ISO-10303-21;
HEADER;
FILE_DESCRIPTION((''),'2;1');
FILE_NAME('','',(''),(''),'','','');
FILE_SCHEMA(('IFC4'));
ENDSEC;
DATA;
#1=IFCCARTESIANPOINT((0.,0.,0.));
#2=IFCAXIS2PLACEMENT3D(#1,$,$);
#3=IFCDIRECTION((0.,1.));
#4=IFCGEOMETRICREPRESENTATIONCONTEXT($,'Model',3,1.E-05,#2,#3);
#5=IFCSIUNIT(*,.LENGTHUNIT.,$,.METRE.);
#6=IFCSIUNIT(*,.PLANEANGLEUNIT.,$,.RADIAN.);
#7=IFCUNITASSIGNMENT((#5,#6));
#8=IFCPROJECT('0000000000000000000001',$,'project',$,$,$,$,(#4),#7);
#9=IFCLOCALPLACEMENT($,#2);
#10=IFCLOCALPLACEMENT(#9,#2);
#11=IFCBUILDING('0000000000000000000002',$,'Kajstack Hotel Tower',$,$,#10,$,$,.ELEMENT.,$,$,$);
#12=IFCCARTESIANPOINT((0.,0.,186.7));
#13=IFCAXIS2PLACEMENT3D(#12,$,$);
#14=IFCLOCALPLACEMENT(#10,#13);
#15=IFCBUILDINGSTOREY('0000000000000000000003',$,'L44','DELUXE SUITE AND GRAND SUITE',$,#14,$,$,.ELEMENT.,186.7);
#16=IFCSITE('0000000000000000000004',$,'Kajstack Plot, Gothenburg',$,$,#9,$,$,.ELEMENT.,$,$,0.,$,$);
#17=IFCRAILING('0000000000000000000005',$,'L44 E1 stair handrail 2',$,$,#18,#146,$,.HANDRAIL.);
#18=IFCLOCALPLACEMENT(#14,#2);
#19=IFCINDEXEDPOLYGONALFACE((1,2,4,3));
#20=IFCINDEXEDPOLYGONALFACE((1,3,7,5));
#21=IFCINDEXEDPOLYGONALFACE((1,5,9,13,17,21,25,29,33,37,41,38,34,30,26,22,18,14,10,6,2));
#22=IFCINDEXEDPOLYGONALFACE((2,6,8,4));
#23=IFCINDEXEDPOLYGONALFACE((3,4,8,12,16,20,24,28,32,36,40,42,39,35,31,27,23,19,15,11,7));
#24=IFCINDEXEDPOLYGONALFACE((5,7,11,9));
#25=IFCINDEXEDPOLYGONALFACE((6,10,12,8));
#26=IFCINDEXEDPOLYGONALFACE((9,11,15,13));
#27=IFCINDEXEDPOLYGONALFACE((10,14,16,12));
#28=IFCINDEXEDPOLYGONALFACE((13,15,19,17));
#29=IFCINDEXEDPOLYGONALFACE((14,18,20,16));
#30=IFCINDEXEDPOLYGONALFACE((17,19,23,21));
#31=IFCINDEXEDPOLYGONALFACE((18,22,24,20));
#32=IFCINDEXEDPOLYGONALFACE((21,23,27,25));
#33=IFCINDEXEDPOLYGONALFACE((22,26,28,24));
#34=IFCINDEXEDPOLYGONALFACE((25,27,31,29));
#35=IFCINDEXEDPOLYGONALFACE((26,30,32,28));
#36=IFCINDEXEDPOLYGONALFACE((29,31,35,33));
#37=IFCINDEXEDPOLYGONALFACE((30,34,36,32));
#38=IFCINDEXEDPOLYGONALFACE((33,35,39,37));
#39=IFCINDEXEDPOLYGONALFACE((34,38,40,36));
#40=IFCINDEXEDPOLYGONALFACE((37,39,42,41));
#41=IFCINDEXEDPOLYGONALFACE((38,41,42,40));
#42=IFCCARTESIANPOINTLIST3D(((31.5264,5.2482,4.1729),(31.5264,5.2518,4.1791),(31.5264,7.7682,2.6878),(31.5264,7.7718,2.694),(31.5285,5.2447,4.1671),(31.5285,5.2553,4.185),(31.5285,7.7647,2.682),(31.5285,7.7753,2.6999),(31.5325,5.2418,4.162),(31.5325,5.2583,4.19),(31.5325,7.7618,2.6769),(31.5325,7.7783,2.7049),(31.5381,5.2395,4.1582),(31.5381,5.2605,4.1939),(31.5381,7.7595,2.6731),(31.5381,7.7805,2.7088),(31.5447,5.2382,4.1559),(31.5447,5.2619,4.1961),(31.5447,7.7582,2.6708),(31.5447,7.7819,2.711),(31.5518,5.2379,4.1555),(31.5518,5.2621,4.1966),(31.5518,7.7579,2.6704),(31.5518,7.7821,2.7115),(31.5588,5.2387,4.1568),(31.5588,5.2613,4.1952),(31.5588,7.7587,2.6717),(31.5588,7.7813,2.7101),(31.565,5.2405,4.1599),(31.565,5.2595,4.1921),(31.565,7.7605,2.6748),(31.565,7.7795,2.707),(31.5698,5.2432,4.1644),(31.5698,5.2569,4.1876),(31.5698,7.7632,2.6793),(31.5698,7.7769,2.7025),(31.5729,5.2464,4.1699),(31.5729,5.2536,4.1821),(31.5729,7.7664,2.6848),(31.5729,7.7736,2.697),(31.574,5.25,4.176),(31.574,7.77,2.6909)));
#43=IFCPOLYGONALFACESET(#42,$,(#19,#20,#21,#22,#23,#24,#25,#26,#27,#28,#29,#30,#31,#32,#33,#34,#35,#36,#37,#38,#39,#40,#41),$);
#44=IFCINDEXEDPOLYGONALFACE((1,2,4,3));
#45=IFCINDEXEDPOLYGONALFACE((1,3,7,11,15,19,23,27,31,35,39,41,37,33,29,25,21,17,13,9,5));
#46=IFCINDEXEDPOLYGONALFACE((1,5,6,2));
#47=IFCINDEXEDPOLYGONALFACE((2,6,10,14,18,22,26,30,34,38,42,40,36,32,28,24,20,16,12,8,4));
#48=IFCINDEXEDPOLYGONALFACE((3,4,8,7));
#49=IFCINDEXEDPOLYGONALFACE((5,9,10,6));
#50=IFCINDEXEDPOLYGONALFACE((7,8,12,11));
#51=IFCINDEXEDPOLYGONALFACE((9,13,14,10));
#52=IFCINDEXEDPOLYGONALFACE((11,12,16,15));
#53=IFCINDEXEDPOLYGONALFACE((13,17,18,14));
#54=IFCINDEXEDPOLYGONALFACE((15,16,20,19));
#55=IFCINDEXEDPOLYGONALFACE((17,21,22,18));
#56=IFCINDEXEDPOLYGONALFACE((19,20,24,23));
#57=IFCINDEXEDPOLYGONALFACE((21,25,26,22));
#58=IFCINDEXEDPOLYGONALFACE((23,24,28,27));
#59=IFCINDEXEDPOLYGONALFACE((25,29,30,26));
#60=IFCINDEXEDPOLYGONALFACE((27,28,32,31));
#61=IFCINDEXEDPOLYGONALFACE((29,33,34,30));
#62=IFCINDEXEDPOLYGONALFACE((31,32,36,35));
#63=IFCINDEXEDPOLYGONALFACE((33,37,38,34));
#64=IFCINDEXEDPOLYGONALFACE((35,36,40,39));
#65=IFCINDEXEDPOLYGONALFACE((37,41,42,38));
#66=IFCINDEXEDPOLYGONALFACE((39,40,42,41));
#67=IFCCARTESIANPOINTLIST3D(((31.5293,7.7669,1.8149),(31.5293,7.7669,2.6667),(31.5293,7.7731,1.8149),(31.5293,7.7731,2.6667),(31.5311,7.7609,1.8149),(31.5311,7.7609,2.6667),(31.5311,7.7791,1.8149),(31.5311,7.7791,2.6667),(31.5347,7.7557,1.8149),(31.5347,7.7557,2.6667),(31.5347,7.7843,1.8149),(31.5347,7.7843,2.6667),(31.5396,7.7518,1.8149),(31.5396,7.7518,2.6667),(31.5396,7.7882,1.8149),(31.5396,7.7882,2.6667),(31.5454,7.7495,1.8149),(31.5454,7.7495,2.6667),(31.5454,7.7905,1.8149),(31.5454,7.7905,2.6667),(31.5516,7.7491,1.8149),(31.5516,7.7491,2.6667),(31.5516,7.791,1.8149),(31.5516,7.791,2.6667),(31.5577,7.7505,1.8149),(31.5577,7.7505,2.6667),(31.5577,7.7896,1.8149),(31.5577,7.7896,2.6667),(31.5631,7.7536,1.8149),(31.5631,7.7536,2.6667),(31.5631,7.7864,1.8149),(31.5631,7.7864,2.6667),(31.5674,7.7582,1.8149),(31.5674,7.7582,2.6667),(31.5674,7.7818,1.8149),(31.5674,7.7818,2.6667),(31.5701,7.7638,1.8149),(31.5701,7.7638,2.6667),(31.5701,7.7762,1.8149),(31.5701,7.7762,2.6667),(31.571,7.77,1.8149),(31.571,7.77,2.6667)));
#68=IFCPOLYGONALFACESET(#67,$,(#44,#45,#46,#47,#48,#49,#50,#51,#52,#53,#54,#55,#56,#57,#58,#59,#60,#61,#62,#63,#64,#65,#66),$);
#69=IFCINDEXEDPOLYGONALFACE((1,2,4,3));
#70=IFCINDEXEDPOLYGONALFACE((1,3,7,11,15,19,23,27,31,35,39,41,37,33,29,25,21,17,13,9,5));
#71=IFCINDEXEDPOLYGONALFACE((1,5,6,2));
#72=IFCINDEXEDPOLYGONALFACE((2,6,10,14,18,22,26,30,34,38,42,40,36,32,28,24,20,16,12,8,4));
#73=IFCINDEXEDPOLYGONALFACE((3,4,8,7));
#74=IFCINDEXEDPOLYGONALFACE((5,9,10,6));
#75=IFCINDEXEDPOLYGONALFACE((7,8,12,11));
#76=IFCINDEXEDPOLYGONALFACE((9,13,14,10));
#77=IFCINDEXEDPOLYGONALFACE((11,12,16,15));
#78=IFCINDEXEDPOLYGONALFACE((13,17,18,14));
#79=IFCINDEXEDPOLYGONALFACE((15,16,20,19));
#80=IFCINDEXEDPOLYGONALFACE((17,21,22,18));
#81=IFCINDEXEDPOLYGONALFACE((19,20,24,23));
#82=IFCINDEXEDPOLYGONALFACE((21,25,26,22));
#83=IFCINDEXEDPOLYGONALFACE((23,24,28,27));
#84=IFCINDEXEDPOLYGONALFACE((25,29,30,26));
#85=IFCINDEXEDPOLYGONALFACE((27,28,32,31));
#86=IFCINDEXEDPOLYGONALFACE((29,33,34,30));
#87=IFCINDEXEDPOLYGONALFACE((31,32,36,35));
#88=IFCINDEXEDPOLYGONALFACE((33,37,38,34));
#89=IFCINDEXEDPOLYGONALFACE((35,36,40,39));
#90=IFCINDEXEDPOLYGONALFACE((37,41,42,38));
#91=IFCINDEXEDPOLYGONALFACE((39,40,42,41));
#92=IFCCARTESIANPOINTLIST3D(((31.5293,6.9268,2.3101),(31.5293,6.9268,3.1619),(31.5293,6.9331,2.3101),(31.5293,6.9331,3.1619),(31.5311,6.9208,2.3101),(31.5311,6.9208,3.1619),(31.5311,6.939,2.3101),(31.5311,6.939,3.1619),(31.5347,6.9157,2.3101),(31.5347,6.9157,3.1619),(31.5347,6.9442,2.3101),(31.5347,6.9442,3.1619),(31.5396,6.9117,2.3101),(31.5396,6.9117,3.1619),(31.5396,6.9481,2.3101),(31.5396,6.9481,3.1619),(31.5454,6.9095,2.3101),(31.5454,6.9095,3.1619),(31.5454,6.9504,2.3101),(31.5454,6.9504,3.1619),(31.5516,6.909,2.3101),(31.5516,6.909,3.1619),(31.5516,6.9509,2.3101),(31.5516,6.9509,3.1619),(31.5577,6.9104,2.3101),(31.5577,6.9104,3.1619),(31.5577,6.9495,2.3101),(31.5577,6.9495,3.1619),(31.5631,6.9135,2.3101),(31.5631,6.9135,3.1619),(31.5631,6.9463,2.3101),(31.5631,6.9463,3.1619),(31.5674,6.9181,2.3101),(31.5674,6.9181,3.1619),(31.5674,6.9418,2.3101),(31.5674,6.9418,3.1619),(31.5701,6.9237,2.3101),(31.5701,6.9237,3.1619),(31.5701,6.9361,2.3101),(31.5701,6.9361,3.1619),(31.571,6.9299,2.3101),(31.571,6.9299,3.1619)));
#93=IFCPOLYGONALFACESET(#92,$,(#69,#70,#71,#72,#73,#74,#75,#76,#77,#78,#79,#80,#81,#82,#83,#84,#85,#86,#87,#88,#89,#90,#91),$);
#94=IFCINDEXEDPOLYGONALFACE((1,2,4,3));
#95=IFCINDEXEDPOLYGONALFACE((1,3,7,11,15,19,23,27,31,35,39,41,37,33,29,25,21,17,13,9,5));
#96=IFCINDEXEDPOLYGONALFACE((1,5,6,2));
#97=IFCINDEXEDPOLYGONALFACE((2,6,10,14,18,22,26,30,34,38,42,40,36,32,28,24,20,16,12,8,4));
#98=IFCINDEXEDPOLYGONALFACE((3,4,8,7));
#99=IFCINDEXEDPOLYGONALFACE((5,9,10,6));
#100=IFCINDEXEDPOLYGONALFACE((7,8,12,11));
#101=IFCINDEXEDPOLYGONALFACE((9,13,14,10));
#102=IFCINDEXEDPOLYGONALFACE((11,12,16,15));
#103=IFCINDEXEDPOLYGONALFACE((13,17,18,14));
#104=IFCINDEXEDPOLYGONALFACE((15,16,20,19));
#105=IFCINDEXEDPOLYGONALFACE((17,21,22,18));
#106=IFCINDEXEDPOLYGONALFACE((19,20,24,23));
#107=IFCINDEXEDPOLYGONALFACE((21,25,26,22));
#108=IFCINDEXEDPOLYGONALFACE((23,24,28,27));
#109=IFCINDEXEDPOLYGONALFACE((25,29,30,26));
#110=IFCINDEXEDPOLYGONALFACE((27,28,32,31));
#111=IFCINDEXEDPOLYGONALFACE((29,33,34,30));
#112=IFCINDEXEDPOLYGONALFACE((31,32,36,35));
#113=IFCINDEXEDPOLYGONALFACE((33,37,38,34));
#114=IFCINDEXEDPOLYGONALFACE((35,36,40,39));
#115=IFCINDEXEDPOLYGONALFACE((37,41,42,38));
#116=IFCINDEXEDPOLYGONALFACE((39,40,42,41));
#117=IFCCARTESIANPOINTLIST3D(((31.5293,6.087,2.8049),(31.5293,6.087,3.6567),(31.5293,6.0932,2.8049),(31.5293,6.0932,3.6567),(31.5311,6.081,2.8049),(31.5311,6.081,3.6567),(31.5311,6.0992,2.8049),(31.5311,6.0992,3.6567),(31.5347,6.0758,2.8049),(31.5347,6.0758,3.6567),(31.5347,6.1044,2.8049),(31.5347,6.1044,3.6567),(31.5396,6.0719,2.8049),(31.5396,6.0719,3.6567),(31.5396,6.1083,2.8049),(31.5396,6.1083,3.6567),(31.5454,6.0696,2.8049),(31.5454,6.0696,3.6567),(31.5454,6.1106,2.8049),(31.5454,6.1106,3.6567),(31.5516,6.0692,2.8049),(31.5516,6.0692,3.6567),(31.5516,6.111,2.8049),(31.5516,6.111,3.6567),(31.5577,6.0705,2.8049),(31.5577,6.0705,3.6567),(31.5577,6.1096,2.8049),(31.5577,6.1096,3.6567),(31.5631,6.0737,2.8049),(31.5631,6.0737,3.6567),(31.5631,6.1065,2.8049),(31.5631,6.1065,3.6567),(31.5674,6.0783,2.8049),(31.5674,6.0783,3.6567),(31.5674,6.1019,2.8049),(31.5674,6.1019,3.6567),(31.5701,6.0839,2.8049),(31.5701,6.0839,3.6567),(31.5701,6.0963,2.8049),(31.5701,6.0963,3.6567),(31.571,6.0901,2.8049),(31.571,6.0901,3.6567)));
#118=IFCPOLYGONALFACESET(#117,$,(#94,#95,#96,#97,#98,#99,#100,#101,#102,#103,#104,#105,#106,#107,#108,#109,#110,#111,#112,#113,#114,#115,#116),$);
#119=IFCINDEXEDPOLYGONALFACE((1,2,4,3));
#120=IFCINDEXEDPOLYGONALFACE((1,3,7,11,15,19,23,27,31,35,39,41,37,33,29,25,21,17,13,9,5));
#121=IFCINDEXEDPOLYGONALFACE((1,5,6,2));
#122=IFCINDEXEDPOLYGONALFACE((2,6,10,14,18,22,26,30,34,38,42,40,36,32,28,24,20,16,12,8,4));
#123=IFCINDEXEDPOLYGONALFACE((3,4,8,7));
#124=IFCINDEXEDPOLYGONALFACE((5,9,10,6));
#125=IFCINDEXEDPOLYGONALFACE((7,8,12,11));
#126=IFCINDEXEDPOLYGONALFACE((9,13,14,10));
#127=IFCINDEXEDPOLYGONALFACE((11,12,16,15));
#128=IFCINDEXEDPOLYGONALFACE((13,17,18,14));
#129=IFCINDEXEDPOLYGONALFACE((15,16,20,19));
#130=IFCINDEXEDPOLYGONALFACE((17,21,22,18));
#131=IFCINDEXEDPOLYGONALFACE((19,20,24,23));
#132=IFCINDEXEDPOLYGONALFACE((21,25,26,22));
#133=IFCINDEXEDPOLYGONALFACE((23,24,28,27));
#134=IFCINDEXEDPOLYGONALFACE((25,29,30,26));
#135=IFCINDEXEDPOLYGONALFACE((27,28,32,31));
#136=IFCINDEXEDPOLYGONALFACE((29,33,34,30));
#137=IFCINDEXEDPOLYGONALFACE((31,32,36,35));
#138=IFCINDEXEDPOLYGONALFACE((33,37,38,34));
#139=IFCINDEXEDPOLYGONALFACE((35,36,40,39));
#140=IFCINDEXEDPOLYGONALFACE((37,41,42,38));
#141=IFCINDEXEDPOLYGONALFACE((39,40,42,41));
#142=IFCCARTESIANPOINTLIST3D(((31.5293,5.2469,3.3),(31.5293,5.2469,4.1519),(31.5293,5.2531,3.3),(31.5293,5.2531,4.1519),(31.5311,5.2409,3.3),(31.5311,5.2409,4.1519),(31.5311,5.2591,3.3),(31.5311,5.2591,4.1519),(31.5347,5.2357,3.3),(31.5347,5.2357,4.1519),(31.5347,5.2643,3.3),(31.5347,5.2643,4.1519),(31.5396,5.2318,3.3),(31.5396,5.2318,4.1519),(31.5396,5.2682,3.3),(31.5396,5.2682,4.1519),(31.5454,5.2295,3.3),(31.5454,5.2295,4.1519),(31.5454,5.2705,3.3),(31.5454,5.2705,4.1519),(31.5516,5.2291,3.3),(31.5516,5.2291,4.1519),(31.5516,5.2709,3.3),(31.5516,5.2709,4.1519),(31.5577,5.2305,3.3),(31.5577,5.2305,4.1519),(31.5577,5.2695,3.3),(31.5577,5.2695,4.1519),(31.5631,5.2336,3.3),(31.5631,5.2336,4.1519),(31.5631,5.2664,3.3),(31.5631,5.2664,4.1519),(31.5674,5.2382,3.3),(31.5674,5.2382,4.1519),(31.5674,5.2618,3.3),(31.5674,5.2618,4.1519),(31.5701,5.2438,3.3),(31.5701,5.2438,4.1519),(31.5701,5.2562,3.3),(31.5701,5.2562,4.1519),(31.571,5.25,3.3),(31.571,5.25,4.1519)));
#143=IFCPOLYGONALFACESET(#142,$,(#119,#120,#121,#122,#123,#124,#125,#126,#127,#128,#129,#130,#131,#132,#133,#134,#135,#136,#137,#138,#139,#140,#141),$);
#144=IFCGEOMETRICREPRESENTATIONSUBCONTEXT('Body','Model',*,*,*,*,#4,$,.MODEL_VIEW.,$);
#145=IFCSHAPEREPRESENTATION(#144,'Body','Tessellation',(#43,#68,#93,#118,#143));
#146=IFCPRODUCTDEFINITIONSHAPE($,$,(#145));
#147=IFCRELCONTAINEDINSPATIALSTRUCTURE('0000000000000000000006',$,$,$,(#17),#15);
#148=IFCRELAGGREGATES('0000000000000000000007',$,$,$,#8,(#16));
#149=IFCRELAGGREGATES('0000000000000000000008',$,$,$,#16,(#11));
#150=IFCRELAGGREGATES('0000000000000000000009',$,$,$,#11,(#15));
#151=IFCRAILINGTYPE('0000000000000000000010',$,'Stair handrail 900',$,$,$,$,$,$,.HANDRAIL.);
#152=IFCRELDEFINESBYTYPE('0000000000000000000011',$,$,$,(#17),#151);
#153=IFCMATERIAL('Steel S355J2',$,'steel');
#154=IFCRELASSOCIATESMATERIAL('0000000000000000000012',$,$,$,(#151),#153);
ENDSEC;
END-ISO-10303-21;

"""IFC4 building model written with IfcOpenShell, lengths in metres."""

from ifc_helpers import new_model, si_unit, direction, frame, origin, origin_2d, place, context, subcontext, project, spatial, circle, extrude, material, type_object, element, save


model = new_model("IFC4")

# Units and contexts
model_context = context("Model", 3, precision=1e-05, world=origin(), true_north=direction((0.0, 1.0)))
body_context = subcontext(model_context, "Body", "Model", "MODEL_VIEW")
ifc_project = project(units=[si_unit("LENGTHUNIT", "METRE"), si_unit("PLANEANGLEUNIT", "RADIAN")], contexts=[model_context])

# Site, building, storey
site_placement = place(None, origin())
site = spatial("IfcSite", under=ifc_project, at=site_placement, Name="Kajstack Plot, Gothenburg", CompositionType="ELEMENT", RefElevation=0.0)
building_placement = place(site_placement, origin())
building = spatial("IfcBuilding", under=site, at=building_placement, Name="Kajstack Hotel Tower", CompositionType="ELEMENT")
storey_placement = place(building_placement, frame((0.0, 0.0, 186.7)))
storey = spatial("IfcBuildingStorey", under=building, at=storey_placement, Name="L44", Description="DELUXE SUITE AND GRAND SUITE", CompositionType="ELEMENT", Elevation=186.7)

# Railing
ifc_material_1 = material(Name="Steel S355J2", Category="steel")
railing_type_1 = type_object("IfcRailingType", Name="Stair handrail 900", PredefinedType="HANDRAIL", material=ifc_material_1)
railing_1_placement = place(storey_placement, frame((31.55, 7.77, 1.8149)))
element("IfcRailing", 1, at=railing_1_placement, inside=storey, type_object=railing_type_1, Name="L44 E1 stair handrail 2", PredefinedType="HANDRAIL", context=body_context, shape_type="SweptSolid", body=[
    extrude(circle(Radius=0.0239, at=origin_2d()), frame((0.0, 0.0, 0.876), z_axis=(0.0, -0.861524, 0.507717), x_axis=(1.0, 0.0, 0.0)), (0.0, 0.0, 1.0), 2.925),
    extrude(circle(Radius=0.021, at=origin_2d()), origin(), (0.0, 0.0, 1.0), 0.8518),
    extrude(circle(Radius=0.021, at=origin_2d()), frame((0.0, -0.8401, 0.4951)), (0.0, 0.0, 1.0), 0.8518),
    extrude(circle(Radius=0.021, at=origin_2d()), frame((0.0, -1.6799, 0.99)), (0.0, 0.0, 1.0), 0.8518),
    extrude(circle(Radius=0.021, at=origin_2d()), frame((0.0, -2.52, 1.4851)), (0.0, 0.0, 1.0), 0.8518),
])

save(model, "model.ifc")
